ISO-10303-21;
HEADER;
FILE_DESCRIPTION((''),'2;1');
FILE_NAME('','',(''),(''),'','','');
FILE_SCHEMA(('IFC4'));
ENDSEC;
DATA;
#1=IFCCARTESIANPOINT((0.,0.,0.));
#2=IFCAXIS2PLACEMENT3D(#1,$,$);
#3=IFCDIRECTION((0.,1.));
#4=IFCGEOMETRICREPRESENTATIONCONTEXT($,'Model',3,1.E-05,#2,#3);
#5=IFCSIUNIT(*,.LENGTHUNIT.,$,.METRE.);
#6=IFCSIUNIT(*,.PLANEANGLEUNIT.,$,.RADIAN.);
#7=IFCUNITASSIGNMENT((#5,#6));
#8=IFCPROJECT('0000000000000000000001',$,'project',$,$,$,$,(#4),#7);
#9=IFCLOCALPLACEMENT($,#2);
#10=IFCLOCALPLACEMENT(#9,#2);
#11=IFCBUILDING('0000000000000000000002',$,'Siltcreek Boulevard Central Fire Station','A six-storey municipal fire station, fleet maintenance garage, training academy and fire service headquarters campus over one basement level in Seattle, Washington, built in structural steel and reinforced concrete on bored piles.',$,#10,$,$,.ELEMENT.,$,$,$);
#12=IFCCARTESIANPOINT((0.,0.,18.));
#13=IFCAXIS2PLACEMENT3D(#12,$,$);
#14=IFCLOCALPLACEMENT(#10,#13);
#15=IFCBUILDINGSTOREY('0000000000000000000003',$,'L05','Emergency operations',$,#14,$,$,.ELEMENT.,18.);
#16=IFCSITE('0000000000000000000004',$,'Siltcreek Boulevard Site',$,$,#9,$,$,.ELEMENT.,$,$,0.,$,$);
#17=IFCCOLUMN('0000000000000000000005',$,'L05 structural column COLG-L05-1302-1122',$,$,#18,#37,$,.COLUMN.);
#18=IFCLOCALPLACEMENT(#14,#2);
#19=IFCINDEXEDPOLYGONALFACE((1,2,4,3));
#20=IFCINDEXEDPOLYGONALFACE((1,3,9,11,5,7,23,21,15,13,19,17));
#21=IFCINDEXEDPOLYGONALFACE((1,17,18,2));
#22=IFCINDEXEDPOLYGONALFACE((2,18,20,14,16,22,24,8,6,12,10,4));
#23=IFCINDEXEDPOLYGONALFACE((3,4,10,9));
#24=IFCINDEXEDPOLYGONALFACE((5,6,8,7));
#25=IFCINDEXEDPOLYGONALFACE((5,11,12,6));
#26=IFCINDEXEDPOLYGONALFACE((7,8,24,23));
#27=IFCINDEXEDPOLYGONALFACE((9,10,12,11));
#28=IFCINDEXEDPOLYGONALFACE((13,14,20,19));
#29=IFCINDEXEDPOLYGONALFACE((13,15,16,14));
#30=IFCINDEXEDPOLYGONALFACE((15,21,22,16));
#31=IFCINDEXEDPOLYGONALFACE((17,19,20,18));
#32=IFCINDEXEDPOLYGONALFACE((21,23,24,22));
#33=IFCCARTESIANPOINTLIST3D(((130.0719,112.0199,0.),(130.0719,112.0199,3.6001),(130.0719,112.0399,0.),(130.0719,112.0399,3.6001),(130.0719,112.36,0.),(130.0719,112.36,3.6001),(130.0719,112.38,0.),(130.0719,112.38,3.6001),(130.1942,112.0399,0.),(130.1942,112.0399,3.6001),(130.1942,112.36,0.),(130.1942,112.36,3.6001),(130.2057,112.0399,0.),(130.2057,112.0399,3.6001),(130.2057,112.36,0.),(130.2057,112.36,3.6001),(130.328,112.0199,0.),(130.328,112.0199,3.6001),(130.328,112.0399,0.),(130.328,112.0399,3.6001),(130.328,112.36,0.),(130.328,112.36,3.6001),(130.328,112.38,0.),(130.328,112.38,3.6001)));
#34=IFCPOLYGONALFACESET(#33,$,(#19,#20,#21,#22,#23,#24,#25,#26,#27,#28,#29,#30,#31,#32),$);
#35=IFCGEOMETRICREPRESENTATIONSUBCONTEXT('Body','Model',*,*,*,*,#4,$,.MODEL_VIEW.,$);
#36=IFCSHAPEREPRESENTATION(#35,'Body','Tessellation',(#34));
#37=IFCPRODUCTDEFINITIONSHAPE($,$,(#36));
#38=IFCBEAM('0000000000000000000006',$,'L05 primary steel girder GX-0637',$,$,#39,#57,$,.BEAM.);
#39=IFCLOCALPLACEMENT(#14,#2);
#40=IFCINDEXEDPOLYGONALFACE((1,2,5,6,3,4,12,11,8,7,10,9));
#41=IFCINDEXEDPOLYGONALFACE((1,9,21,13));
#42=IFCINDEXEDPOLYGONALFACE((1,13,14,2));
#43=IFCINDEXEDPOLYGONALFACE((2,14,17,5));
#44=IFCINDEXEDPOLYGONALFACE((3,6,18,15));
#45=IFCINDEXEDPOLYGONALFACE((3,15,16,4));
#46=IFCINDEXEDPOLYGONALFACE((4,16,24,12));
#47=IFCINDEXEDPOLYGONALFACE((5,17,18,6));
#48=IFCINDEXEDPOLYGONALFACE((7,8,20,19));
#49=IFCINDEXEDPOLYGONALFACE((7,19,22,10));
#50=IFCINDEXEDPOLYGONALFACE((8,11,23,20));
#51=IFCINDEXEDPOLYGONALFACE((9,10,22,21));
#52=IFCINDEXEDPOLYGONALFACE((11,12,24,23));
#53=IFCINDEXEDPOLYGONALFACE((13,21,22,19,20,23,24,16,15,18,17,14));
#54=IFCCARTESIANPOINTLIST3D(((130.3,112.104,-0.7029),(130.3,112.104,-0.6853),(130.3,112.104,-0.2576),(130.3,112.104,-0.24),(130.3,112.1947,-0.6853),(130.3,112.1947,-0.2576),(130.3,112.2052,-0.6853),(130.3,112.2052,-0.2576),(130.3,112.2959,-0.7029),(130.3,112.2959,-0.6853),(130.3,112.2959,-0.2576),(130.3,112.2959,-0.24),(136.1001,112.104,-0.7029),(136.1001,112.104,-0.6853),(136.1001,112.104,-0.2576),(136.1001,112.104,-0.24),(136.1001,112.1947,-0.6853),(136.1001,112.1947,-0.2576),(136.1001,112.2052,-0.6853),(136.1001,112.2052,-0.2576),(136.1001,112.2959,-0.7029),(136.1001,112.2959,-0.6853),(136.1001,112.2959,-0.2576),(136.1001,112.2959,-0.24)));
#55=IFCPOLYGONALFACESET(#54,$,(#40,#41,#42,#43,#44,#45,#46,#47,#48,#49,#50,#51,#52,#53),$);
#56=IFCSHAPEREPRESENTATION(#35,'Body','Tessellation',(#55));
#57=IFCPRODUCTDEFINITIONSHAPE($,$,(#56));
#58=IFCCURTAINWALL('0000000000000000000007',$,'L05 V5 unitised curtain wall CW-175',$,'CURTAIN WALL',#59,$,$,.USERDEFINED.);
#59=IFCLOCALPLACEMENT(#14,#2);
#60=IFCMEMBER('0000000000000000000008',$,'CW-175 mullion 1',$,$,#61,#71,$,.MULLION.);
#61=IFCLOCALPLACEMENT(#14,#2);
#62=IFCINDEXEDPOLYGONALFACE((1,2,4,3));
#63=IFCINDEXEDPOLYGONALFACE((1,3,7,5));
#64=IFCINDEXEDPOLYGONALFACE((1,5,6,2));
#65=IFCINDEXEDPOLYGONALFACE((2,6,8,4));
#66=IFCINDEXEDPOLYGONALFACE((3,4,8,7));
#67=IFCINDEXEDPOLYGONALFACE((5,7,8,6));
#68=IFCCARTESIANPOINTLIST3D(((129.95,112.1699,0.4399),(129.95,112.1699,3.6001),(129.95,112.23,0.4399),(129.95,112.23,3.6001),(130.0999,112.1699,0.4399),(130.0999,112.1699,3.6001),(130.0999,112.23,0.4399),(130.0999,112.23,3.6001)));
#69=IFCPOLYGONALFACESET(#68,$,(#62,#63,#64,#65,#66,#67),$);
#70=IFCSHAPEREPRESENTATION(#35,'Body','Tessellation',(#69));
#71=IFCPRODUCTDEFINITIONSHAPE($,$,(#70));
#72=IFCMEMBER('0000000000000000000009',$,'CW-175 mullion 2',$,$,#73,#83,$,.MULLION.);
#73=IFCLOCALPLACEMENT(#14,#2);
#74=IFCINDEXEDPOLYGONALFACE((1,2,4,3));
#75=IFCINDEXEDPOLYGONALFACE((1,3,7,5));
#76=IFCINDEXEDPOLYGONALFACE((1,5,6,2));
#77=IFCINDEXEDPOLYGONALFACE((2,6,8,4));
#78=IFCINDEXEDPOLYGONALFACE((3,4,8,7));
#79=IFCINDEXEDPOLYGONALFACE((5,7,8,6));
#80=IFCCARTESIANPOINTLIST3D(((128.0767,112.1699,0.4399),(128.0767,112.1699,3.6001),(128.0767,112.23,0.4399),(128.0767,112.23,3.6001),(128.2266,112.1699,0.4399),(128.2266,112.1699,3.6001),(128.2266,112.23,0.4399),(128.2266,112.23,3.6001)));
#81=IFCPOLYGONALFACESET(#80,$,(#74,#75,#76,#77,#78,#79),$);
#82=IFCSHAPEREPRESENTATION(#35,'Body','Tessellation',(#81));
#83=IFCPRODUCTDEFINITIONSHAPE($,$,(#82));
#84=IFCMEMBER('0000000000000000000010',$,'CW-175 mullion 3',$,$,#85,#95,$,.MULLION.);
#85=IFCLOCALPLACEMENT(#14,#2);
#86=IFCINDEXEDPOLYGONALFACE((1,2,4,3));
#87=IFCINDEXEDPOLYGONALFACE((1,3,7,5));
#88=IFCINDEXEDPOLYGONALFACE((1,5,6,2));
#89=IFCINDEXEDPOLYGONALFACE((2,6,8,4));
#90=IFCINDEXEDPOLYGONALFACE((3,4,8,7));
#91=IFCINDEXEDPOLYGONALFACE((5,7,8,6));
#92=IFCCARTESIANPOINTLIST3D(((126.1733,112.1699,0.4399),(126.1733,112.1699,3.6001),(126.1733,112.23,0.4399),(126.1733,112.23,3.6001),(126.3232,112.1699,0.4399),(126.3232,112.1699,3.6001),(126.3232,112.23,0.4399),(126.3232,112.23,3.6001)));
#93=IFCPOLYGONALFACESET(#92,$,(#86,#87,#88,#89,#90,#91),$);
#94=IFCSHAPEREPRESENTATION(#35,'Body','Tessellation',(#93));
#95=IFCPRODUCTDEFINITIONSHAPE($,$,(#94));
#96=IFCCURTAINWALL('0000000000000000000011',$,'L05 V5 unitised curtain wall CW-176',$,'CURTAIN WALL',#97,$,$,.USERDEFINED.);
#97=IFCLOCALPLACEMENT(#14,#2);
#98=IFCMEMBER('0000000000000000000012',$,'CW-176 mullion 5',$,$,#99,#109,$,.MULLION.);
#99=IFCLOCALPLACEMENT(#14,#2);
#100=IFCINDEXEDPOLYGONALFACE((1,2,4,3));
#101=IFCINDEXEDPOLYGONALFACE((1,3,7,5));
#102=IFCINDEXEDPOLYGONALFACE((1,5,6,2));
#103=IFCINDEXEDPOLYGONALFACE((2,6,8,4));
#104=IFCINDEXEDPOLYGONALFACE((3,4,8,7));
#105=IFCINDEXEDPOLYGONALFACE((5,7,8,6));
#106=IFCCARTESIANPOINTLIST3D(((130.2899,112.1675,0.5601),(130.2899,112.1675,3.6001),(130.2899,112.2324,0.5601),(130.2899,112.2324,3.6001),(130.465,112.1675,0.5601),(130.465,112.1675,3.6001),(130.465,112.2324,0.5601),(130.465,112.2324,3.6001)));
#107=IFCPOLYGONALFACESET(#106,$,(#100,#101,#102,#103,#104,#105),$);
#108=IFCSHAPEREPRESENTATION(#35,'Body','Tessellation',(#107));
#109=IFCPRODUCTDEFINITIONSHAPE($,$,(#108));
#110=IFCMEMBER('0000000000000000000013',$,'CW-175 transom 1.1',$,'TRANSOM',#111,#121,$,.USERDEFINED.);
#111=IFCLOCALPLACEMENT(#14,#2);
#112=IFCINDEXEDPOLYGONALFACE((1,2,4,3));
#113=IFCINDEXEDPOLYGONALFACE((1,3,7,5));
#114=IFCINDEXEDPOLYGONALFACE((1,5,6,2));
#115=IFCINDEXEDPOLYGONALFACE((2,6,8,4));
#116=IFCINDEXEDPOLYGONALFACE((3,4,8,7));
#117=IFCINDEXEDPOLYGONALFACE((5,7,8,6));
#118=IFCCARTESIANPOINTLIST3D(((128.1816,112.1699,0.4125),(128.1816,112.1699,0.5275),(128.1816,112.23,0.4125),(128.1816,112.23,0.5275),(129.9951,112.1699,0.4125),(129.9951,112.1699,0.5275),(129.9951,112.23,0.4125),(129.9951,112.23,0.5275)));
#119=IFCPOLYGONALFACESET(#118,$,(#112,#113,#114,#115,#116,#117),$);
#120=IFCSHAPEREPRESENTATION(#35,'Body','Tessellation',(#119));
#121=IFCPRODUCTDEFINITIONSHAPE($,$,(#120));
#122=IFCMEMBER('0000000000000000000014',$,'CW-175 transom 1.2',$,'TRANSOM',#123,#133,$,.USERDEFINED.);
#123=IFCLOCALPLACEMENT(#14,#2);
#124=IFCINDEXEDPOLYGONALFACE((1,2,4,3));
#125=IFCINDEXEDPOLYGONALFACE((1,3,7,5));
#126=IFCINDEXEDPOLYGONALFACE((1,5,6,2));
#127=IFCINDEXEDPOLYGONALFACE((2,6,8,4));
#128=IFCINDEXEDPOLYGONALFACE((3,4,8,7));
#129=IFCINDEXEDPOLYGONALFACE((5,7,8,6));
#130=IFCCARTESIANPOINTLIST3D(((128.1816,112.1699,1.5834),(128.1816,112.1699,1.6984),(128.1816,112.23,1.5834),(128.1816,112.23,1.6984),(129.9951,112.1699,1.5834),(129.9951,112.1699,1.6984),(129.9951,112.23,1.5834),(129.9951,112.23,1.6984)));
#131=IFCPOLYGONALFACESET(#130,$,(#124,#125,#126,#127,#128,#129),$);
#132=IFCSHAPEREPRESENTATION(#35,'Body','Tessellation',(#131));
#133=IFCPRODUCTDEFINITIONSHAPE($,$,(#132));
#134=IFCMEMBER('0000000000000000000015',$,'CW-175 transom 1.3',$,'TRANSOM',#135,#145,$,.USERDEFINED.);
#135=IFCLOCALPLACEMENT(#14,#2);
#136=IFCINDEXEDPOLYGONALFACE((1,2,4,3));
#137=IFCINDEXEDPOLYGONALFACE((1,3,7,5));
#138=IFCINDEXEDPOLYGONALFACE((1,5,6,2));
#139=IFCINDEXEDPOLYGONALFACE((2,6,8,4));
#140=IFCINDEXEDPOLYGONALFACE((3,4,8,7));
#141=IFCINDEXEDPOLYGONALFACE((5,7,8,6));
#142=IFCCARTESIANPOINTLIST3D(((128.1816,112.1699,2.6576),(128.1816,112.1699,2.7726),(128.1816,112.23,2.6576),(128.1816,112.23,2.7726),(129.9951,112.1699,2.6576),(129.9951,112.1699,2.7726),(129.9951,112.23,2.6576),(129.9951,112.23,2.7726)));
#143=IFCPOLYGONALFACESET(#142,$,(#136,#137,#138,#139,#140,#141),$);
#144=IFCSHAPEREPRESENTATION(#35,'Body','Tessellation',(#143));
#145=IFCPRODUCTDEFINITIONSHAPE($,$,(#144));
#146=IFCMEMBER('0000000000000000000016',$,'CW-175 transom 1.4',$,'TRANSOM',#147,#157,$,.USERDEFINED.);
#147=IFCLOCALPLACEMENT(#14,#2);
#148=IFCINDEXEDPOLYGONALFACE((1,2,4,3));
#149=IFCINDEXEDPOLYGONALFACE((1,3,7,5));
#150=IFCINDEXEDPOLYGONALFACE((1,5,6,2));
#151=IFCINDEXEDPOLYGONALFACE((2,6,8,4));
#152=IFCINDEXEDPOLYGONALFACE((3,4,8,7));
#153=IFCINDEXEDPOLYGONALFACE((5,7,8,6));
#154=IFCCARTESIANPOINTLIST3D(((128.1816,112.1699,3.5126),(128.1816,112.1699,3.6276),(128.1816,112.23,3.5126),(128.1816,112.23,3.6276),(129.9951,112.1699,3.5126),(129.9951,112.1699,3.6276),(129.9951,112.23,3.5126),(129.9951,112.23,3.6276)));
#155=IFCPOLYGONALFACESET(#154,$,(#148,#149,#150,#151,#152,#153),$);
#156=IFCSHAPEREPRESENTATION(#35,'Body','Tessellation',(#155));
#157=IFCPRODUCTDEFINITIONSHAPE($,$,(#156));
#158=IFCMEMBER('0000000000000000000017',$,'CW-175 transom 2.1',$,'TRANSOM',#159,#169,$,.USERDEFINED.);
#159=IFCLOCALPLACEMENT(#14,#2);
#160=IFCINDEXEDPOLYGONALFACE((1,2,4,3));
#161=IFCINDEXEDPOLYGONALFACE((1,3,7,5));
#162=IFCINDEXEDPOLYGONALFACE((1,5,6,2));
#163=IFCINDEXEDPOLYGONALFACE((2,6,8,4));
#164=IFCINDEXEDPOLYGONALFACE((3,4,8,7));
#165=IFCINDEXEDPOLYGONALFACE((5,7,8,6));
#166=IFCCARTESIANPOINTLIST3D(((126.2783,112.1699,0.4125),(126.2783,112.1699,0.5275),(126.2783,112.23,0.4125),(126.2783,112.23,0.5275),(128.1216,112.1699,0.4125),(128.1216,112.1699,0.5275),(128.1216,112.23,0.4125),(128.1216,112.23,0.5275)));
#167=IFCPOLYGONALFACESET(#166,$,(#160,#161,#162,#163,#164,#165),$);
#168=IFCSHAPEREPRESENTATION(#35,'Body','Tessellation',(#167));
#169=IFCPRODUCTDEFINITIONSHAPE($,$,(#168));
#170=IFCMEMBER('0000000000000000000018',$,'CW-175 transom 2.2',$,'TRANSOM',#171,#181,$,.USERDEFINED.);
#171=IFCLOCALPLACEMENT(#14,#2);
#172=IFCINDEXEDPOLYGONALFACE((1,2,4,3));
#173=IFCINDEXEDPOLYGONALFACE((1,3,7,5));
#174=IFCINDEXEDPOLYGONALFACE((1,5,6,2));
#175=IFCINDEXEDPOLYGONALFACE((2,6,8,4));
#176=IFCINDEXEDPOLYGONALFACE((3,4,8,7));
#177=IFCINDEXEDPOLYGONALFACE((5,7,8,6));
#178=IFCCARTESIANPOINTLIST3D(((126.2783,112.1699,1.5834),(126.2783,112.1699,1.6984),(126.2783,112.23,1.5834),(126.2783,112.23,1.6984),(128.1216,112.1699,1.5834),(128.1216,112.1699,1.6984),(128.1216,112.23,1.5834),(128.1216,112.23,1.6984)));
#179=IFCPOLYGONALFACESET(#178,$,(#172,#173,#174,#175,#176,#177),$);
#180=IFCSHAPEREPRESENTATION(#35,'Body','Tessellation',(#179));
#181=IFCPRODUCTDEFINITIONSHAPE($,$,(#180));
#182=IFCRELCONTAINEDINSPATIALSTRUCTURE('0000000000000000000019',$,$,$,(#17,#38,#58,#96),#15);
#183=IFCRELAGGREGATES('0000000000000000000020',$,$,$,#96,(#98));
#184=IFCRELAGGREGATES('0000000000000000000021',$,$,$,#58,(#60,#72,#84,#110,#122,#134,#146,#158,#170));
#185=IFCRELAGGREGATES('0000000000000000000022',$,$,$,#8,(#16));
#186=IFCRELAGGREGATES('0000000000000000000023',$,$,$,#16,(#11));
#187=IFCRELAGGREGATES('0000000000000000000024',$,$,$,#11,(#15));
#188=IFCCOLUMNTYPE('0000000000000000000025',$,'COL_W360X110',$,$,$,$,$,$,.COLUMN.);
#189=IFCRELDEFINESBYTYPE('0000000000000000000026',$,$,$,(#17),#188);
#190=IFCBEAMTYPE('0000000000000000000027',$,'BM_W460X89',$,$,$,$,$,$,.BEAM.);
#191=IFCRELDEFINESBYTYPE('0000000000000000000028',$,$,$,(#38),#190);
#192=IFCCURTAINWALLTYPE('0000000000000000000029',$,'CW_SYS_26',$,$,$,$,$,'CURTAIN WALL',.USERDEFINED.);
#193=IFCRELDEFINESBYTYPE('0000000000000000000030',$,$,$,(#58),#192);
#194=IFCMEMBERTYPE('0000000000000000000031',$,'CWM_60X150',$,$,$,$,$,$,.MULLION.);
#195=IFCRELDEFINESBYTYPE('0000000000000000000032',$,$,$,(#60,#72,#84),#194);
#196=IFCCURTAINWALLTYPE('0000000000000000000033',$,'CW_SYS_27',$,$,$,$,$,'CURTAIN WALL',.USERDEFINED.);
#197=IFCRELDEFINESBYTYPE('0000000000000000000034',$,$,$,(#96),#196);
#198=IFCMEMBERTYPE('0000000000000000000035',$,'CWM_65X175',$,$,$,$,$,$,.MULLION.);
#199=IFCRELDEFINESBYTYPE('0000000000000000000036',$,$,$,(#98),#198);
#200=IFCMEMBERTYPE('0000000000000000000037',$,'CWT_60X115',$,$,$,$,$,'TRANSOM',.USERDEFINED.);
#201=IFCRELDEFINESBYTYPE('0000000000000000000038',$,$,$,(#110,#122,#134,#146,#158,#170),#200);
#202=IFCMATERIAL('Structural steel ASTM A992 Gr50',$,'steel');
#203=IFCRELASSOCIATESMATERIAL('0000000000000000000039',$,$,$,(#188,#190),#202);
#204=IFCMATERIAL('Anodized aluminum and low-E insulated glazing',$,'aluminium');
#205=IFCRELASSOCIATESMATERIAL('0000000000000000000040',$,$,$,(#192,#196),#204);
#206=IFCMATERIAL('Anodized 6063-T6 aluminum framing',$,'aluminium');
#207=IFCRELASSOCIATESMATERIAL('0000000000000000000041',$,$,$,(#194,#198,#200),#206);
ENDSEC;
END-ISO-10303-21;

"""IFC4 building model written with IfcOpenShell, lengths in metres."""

from ifc_helpers import new_model, si_unit, direction, frame, origin, origin_2d, place, context, subcontext, project, spatial, rectangle, i_section, extrude, material, material_profile, profile_set, type_object, element, aggregate, save


model = new_model("IFC4")

# Units and contexts
model_context = context("Model", 3, precision=1e-05, world=origin(), true_north=direction((0.0, 1.0)))
body_context = subcontext(model_context, "Body", "Model", "MODEL_VIEW")
ifc_project = project(units=[si_unit("LENGTHUNIT", "METRE"), si_unit("PLANEANGLEUNIT", "RADIAN")], contexts=[model_context])

# Site, building, storey
site_placement = place(None, origin())
site = spatial("IfcSite", under=ifc_project, at=site_placement, Name="Siltcreek Boulevard Site", CompositionType="ELEMENT", RefElevation=0.0)
building_placement = place(site_placement, origin())
building = spatial("IfcBuilding", under=site, at=building_placement, Name="Siltcreek Boulevard Central Fire Station", Description="A six-storey municipal fire station, fleet maintenance garage, training academy and fire service headquarters campus over one basement level in Seattle, Washington, built in structural steel and reinforced concrete on bored piles.", CompositionType="ELEMENT")
storey_placement = place(building_placement, frame((0.0, 0.0, 18.0)))
storey = spatial("IfcBuildingStorey", under=building, at=storey_placement, Name="L05", Description="Emergency operations", CompositionType="ELEMENT", Elevation=18.0)

# Column
ifc_material_1 = material(Name="Structural steel ASTM A992 Gr50", Category="steel")
ifc_material_profile_1 = material_profile(ifc_material_1, i_section(OverallWidth=0.2561, OverallDepth=0.3601, WebThickness=0.0115, FlangeThickness=0.02, at=origin_2d()), Name="W360X110")
ifc_profile_set_1 = profile_set([ifc_material_profile_1], Name="Structural steel ASTM A992 Gr50")
column_type = type_object("IfcColumnType", Name="COL_W360X110", PredefinedType="COLUMN", material=ifc_profile_set_1)
column_placement = place(storey_placement, frame((130.2, 112.2, 0.0), z_axis=(0.0, 0.0, 1.0), x_axis=(1.0, 0.0, 0.0)))
element("IfcColumn", 1, at=column_placement, inside=storey, type_object=column_type, Name="L05 structural column COLG-L05-1302-1122", PredefinedType="COLUMN", context=body_context, shape_type="SweptSolid", body=[
    extrude(i_section(OverallWidth=0.2561, OverallDepth=0.3601, WebThickness=0.0115, FlangeThickness=0.02, at=origin_2d()), origin(), (0.0, 0.0, 1.0), 3.6001),
])

# Beam
ifc_material_profile_2 = material_profile(ifc_material_1, i_section(OverallWidth=0.1919, OverallDepth=0.4629, WebThickness=0.0105, FlangeThickness=0.0176, at=origin_2d()), Name="W460X89")
ifc_profile_set_2 = profile_set([ifc_material_profile_2], Name="Structural steel ASTM A992 Gr50")
beam_type = type_object("IfcBeamType", Name="BM_W460X89", PredefinedType="BEAM", material=ifc_profile_set_2)
beam_placement = place(storey_placement, frame((130.3, 112.2, -0.4714), z_axis=(1.0, 0.0, 0.0), x_axis=(0.0, 1.0, 0.0)))
element("IfcBeam", 2, at=beam_placement, inside=storey, type_object=beam_type, Name="L05 primary steel girder GX-0637", PredefinedType="BEAM", context=body_context, shape_type="SweptSolid", body=[
    extrude(i_section(OverallWidth=0.1919, OverallDepth=0.4629, WebThickness=0.0105, FlangeThickness=0.0176, at=origin_2d()), origin(), (0.0, 0.0, 1.0), 5.8),
])

# Curtain wall, members
ifc_material_2 = material(Name="Anodized aluminum and low-E insulated glazing", Category="aluminium")
curtain_wall_type_1 = type_object("IfcCurtainWallType", Name="CW_SYS_26", ElementType="CURTAIN WALL", PredefinedType="USERDEFINED", material=ifc_material_2)
curtain_wall_1_placement = place(storey_placement, origin())
curtain_wall_1 = element("IfcCurtainWall", 3, at=curtain_wall_1_placement, inside=storey, type_object=curtain_wall_type_1, Name="L05 V5 unitised curtain wall CW-175", ObjectType="CURTAIN WALL", PredefinedType="USERDEFINED")
ifc_material_3 = material(Name="Anodized 6063-T6 aluminum framing", Category="aluminium")
ifc_material_profile_3 = material_profile(ifc_material_3, rectangle(XDim=0.0601, YDim=0.1499, at=origin_2d()), Name="MULL60X150")
ifc_profile_set_3 = profile_set([ifc_material_profile_3], Name="Anodized 6063-T6 aluminum framing")
member_type_1 = type_object("IfcMemberType", Name="CWM_60X150", PredefinedType="MULLION", material=ifc_profile_set_3)
member_1_placement = place(storey_placement, frame((130.0249, 112.2, 0.4399), z_axis=(0.0, 0.0, 1.0), x_axis=(0.0, -1.0, 0.0)))
member_1 = element("IfcMember", 4, at=member_1_placement, type_object=member_type_1, Name="CW-175 mullion 1", PredefinedType="MULLION", context=body_context, shape_type="SweptSolid", body=[
    extrude(rectangle(XDim=0.0601, YDim=0.1499, at=origin_2d()), origin(), (0.0, 0.0, 1.0), 3.1602),
])
member_2_placement = place(storey_placement, frame((128.1516, 112.2, 0.4399), z_axis=(0.0, 0.0, 1.0), x_axis=(0.0, -1.0, 0.0)))
member_2 = element("IfcMember", 5, at=member_2_placement, type_object=member_type_1, Name="CW-175 mullion 2", PredefinedType="MULLION", context=body_context, shape_type="SweptSolid", body=[
    extrude(rectangle(XDim=0.0601, YDim=0.1499, at=origin_2d()), origin(), (0.0, 0.0, 1.0), 3.1602),
])
member_3_placement = place(storey_placement, frame((126.2483, 112.2, 0.4399), z_axis=(0.0, 0.0, 1.0), x_axis=(0.0, -1.0, 0.0)))
member_3 = element("IfcMember", 6, at=member_3_placement, type_object=member_type_1, Name="CW-175 mullion 3", PredefinedType="MULLION", context=body_context, shape_type="SweptSolid", body=[
    extrude(rectangle(XDim=0.0601, YDim=0.1499, at=origin_2d()), origin(), (0.0, 0.0, 1.0), 3.1602),
])

# Curtain wall, member
curtain_wall_type_2 = type_object("IfcCurtainWallType", Name="CW_SYS_27", ElementType="CURTAIN WALL", PredefinedType="USERDEFINED", material=ifc_material_2)
curtain_wall_2_placement = place(storey_placement, origin())
curtain_wall_2 = element("IfcCurtainWall", 7, at=curtain_wall_2_placement, inside=storey, type_object=curtain_wall_type_2, Name="L05 V5 unitised curtain wall CW-176", ObjectType="CURTAIN WALL", PredefinedType="USERDEFINED")
ifc_material_profile_4 = material_profile(ifc_material_3, rectangle(XDim=0.0649, YDim=0.175, at=origin_2d()), Name="MULL65X175")
ifc_profile_set_4 = profile_set([ifc_material_profile_4], Name="Anodized 6063-T6 aluminum framing")
member_type_2 = type_object("IfcMemberType", Name="CWM_65X175", PredefinedType="MULLION", material=ifc_profile_set_4)
member_4_placement = place(storey_placement, frame((130.3774, 112.2, 0.5601), z_axis=(0.0, 0.0, 1.0), x_axis=(0.0, -1.0, 0.0)))
member_4 = element("IfcMember", 8, at=member_4_placement, type_object=member_type_2, Name="CW-176 mullion 5", PredefinedType="MULLION", context=body_context, shape_type="SweptSolid", body=[
    extrude(rectangle(XDim=0.0649, YDim=0.175, at=origin_2d()), origin(), (0.0, 0.0, 1.0), 3.04),
])
aggregate(curtain_wall_2, [member_4])

# Members
ifc_material_profile_5 = material_profile(ifc_material_3, rectangle(XDim=0.0601, YDim=0.115, at=origin_2d()), Name="TRAN60X115")
ifc_profile_set_5 = profile_set([ifc_material_profile_5], Name="Anodized 6063-T6 aluminum framing")
member_type_3 = type_object("IfcMemberType", Name="CWT_60X115", ElementType="TRANSOM", PredefinedType="USERDEFINED", material=ifc_profile_set_5)
member_5_placement = place(storey_placement, frame((129.9951, 112.2, 0.47), z_axis=(-1.0, 0.0, 0.0), x_axis=(0.0, -1.0, 0.0)))
member_5 = element("IfcMember", 9, at=member_5_placement, type_object=member_type_3, Name="CW-175 transom 1.1", ObjectType="TRANSOM", PredefinedType="USERDEFINED", context=body_context, shape_type="SweptSolid", body=[
    extrude(rectangle(XDim=0.0601, YDim=0.115, at=origin_2d()), origin(), (0.0, 0.0, 1.0), 1.8135),
])
member_6_placement = place(storey_placement, frame((129.9951, 112.2, 1.6409), z_axis=(-1.0, 0.0, 0.0), x_axis=(0.0, -1.0, 0.0)))
member_6 = element("IfcMember", 10, at=member_6_placement, type_object=member_type_3, Name="CW-175 transom 1.2", ObjectType="TRANSOM", PredefinedType="USERDEFINED", context=body_context, shape_type="SweptSolid", body=[
    extrude(rectangle(XDim=0.0601, YDim=0.115, at=origin_2d()), origin(), (0.0, 0.0, 1.0), 1.8135),
])
member_7_placement = place(storey_placement, frame((129.9951, 112.2, 2.7151), z_axis=(-1.0, 0.0, 0.0), x_axis=(0.0, -1.0, 0.0)))
member_7 = element("IfcMember", 11, at=member_7_placement, type_object=member_type_3, Name="CW-175 transom 1.3", ObjectType="TRANSOM", PredefinedType="USERDEFINED", context=body_context, shape_type="SweptSolid", body=[
    extrude(rectangle(XDim=0.0601, YDim=0.115, at=origin_2d()), origin(), (0.0, 0.0, 1.0), 1.8135),
])
member_8_placement = place(storey_placement, frame((129.9951, 112.2, 3.5701), z_axis=(-1.0, 0.0, 0.0), x_axis=(0.0, -1.0, 0.0)))
member_8 = element("IfcMember", 12, at=member_8_placement, type_object=member_type_3, Name="CW-175 transom 1.4", ObjectType="TRANSOM", PredefinedType="USERDEFINED", context=body_context, shape_type="SweptSolid", body=[
    extrude(rectangle(XDim=0.0601, YDim=0.115, at=origin_2d()), origin(), (0.0, 0.0, 1.0), 1.8135),
])
member_9_placement = place(storey_placement, frame((128.1216, 112.2, 0.47), z_axis=(-1.0, 0.0, 0.0), x_axis=(0.0, -1.0, 0.0)))
member_9 = element("IfcMember", 13, at=member_9_placement, type_object=member_type_3, Name="CW-175 transom 2.1", ObjectType="TRANSOM", PredefinedType="USERDEFINED", context=body_context, shape_type="SweptSolid", body=[
    extrude(rectangle(XDim=0.0601, YDim=0.115, at=origin_2d()), origin(), (0.0, 0.0, 1.0), 1.8433),
])
member_10_placement = place(storey_placement, frame((128.1216, 112.2, 1.6409), z_axis=(-1.0, 0.0, 0.0), x_axis=(0.0, -1.0, 0.0)))
member_10 = element("IfcMember", 14, at=member_10_placement, type_object=member_type_3, Name="CW-175 transom 2.2", ObjectType="TRANSOM", PredefinedType="USERDEFINED", context=body_context, shape_type="SweptSolid", body=[
    extrude(rectangle(XDim=0.0601, YDim=0.115, at=origin_2d()), origin(), (0.0, 0.0, 1.0), 1.8433),
])

aggregate(curtain_wall_1, [member_1, member_2, member_3, member_5, member_6, member_7, member_8, member_9, member_10])

save(model, "model.ifc")
